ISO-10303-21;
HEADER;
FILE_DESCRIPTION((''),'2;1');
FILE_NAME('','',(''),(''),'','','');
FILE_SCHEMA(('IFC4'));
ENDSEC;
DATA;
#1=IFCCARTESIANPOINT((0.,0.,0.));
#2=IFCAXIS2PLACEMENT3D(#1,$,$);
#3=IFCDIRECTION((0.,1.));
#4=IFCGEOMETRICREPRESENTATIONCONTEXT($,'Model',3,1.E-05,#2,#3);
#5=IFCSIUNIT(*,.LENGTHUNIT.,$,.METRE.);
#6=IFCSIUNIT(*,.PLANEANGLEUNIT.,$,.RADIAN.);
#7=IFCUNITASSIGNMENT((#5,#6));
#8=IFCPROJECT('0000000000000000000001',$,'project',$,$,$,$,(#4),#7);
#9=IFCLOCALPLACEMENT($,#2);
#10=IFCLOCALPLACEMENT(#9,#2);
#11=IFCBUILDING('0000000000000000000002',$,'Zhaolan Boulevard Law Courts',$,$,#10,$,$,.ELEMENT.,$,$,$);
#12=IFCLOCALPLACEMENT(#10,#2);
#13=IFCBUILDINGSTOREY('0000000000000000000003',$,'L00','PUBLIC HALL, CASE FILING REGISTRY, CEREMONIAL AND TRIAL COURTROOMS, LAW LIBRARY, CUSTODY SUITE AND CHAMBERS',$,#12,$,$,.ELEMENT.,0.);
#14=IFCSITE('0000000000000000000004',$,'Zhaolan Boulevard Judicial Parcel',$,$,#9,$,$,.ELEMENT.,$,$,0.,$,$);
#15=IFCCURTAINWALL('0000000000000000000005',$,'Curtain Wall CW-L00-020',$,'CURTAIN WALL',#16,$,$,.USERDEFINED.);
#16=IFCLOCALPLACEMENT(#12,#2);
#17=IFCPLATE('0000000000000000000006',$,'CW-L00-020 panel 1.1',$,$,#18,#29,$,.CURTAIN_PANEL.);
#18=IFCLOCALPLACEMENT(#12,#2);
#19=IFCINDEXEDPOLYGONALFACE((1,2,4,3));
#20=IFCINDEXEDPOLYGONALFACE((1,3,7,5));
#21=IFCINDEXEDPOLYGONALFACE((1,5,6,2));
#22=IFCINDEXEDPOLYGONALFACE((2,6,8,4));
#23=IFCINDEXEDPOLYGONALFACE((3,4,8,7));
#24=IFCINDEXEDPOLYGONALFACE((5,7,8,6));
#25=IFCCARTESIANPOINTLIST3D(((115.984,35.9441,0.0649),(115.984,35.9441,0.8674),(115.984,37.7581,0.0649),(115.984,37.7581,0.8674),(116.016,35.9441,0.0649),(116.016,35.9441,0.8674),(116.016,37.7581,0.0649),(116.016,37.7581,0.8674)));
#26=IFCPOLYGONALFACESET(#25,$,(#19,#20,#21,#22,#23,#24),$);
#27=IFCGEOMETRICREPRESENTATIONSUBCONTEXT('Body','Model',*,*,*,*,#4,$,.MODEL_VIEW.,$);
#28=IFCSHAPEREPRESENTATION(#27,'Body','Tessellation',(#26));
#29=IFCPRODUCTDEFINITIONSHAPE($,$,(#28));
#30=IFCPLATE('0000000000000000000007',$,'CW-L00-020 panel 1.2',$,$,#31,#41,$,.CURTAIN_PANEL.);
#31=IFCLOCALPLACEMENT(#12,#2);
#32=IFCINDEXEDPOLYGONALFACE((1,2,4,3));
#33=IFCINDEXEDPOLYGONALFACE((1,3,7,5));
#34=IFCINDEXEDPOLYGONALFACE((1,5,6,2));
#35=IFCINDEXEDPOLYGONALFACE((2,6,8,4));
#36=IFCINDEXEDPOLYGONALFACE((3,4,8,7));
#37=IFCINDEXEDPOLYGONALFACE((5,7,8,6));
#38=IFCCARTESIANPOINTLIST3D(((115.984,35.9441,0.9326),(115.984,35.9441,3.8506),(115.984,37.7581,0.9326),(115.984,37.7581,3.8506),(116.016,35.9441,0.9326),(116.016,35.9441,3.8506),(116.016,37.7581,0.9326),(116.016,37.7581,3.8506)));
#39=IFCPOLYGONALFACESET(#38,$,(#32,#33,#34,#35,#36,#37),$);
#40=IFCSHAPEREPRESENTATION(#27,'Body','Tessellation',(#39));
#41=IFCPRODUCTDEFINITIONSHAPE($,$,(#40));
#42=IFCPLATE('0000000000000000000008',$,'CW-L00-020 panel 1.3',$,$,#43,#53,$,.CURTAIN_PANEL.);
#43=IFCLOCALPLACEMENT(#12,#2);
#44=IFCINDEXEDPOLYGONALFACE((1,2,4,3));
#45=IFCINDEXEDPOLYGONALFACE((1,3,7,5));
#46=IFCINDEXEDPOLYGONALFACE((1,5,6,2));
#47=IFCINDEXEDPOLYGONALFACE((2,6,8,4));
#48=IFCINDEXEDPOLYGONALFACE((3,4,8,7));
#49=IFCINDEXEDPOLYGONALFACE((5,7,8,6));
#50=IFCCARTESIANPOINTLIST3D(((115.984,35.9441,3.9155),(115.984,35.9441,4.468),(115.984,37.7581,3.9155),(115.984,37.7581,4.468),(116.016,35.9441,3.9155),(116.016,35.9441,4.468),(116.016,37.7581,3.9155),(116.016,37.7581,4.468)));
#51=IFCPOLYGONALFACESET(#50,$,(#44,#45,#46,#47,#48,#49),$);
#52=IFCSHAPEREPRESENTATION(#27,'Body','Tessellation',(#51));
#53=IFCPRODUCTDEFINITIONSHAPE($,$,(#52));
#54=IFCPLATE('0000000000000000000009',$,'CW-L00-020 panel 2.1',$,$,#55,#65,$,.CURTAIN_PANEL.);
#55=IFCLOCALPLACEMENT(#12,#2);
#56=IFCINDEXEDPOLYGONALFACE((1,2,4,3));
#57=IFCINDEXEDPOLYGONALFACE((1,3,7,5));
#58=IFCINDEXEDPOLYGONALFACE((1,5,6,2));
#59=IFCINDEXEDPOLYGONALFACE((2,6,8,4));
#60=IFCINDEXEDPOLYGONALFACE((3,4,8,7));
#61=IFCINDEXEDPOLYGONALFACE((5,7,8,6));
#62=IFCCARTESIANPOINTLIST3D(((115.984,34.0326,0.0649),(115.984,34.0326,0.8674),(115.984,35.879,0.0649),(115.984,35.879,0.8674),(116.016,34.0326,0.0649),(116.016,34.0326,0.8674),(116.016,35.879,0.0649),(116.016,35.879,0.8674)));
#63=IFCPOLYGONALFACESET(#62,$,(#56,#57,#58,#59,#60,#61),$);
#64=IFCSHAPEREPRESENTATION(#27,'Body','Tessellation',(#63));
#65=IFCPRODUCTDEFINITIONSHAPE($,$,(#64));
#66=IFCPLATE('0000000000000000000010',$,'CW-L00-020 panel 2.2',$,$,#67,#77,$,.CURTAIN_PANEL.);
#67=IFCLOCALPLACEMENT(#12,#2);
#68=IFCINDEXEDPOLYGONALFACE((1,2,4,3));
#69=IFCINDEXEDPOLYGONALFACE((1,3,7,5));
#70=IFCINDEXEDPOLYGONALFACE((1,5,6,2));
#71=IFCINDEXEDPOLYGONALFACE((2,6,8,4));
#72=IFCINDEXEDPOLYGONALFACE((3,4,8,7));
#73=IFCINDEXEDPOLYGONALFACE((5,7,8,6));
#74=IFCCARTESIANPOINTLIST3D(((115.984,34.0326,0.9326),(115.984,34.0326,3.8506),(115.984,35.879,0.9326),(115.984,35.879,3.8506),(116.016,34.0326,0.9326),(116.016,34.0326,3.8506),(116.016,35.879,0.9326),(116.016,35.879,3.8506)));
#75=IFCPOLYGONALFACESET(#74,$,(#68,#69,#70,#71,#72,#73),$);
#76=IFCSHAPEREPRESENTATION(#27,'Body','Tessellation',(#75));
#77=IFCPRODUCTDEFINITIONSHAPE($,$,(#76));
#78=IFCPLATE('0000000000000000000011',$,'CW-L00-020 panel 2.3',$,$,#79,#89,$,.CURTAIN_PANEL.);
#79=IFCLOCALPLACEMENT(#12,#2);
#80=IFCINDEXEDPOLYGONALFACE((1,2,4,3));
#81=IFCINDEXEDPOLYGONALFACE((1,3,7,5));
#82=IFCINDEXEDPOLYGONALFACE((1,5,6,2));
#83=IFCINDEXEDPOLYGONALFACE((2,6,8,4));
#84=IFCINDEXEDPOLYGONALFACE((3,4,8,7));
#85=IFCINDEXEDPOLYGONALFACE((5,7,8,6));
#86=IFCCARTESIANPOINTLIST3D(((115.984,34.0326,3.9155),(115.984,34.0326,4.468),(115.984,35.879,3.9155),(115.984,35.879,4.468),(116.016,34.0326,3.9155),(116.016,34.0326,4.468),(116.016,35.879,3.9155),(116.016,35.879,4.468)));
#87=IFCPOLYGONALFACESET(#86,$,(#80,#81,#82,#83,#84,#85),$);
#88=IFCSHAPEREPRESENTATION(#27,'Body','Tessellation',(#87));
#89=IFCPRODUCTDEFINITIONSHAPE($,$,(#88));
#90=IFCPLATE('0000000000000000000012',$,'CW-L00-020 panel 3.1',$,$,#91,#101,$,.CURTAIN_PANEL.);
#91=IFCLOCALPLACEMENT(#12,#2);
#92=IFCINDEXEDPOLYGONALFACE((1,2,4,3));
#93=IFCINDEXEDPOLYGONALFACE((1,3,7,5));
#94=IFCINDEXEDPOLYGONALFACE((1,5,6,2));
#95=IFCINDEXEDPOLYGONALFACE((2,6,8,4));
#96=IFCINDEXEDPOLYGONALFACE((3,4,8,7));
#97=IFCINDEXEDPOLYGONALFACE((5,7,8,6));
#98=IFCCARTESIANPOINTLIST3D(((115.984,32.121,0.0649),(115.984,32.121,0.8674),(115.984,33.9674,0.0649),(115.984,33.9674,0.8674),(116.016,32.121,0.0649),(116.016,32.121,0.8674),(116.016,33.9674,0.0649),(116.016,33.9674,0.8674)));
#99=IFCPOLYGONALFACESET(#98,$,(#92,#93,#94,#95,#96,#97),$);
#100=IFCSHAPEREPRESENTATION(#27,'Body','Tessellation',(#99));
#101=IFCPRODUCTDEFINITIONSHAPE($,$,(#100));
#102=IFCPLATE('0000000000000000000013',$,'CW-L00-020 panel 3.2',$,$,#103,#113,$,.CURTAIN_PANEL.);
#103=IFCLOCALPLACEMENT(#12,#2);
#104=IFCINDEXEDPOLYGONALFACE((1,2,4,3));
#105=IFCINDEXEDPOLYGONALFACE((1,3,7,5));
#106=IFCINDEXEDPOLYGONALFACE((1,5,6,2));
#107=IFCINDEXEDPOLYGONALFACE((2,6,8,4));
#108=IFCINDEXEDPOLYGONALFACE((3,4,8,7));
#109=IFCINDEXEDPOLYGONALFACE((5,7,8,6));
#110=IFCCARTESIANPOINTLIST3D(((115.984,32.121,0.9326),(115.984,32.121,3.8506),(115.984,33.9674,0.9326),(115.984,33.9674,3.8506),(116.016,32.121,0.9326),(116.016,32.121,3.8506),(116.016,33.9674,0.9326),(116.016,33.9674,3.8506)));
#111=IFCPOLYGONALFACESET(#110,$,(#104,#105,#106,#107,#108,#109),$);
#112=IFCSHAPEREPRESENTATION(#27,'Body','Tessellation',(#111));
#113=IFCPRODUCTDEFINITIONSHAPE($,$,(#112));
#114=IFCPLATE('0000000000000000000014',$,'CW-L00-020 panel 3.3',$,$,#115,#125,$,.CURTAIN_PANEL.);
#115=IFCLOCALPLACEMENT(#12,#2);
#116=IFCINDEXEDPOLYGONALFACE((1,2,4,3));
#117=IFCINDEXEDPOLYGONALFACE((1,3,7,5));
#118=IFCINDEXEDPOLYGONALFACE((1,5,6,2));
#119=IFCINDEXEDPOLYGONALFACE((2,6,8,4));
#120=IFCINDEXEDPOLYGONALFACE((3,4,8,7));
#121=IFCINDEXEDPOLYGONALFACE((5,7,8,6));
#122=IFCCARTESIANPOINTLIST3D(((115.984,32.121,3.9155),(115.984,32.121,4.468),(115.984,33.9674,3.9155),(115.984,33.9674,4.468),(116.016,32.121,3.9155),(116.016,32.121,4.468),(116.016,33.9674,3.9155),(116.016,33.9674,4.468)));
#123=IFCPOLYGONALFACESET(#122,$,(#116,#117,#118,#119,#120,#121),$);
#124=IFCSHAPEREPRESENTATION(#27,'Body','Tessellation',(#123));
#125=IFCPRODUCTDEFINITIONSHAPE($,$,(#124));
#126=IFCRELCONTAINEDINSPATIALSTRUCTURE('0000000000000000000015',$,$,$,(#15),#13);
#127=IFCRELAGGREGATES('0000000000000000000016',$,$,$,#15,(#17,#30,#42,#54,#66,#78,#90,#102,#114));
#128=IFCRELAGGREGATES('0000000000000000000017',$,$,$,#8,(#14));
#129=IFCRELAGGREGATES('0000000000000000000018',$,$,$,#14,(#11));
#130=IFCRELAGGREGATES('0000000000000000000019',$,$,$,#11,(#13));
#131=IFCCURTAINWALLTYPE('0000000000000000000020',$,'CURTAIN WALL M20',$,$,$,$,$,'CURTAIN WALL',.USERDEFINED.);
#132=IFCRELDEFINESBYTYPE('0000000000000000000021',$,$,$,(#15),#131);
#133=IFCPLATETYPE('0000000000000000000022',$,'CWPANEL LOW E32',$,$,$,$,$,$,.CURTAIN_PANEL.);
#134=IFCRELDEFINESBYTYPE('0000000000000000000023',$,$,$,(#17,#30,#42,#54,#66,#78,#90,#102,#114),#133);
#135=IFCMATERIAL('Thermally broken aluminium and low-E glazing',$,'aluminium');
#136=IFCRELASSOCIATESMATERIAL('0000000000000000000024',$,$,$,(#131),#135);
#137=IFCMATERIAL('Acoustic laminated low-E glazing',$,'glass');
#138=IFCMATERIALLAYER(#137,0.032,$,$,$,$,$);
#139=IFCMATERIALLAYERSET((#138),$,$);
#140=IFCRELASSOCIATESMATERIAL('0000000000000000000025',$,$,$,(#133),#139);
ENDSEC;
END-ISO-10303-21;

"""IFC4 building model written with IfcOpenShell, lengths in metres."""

from ifc_helpers import new_model, si_unit, direction, frame, origin, origin_2d, place, context, subcontext, project, spatial, rectangle, extrude, material, layer, layer_set, type_object, element, aggregate, save


model = new_model("IFC4")

# Units and contexts
model_context = context("Model", 3, precision=1e-05, world=origin(), true_north=direction((0.0, 1.0)))
body_context = subcontext(model_context, "Body", "Model", "MODEL_VIEW")
ifc_project = project(units=[si_unit("LENGTHUNIT", "METRE"), si_unit("PLANEANGLEUNIT", "RADIAN")], contexts=[model_context])

# Site, building, storey
site_placement = place(None, origin())
site = spatial("IfcSite", under=ifc_project, at=site_placement, Name="Zhaolan Boulevard Judicial Parcel", CompositionType="ELEMENT", RefElevation=0.0)
building_placement = place(site_placement, origin())
building = spatial("IfcBuilding", under=site, at=building_placement, Name="Zhaolan Boulevard Law Courts", CompositionType="ELEMENT")
storey_placement = place(building_placement, origin())
storey = spatial("IfcBuildingStorey", under=building, at=storey_placement, Name="L00", Description="PUBLIC HALL, CASE FILING REGISTRY, CEREMONIAL AND TRIAL COURTROOMS, LAW LIBRARY, CUSTODY SUITE AND CHAMBERS", CompositionType="ELEMENT", Elevation=0.0)

# Curtain wall, plates
ifc_material_1 = material(Name="Thermally broken aluminium and low-E glazing", Category="aluminium")
curtain_wall_type = type_object("IfcCurtainWallType", Name="CURTAIN WALL M20", ElementType="CURTAIN WALL", PredefinedType="USERDEFINED", material=ifc_material_1)
curtain_wall_placement = place(storey_placement, origin())
curtain_wall = element("IfcCurtainWall", 1, at=curtain_wall_placement, inside=storey, type_object=curtain_wall_type, Name="Curtain Wall CW-L00-020", ObjectType="CURTAIN WALL", PredefinedType="USERDEFINED")
ifc_material_2 = material(Name="Acoustic laminated low-E glazing", Category="glass")
ifc_layer = layer(ifc_material_2, 0.032)
ifc_layer_set = layer_set([ifc_layer])
plate_type = type_object("IfcPlateType", Name="CWPANEL LOW E32", PredefinedType="CURTAIN_PANEL", material=ifc_layer_set)
plate_1_placement = place(storey_placement, frame((116.0, 36.8511, 0.0649), z_axis=(0.0, 0.0, 1.0), x_axis=(0.0, -1.0, 0.0)))
plate_1 = element("IfcPlate", 2, at=plate_1_placement, type_object=plate_type, Name="CW-L00-020 panel 1.1", PredefinedType="CURTAIN_PANEL", context=body_context, shape_type="SweptSolid", body=[
    extrude(rectangle(XDim=1.814, YDim=0.032, at=origin_2d()), origin(), (0.0, 0.0, 1.0), 0.8025),
])
plate_2_placement = place(storey_placement, frame((116.0, 36.8511, 0.9326), z_axis=(0.0, 0.0, 1.0), x_axis=(0.0, -1.0, 0.0)))
plate_2 = element("IfcPlate", 3, at=plate_2_placement, type_object=plate_type, Name="CW-L00-020 panel 1.2", PredefinedType="CURTAIN_PANEL", context=body_context, shape_type="SweptSolid", body=[
    extrude(rectangle(XDim=1.814, YDim=0.032, at=origin_2d()), origin(), (0.0, 0.0, 1.0), 2.918),
])
plate_3_placement = place(storey_placement, frame((116.0, 36.8511, 3.9155), z_axis=(0.0, 0.0, 1.0), x_axis=(0.0, -1.0, 0.0)))
plate_3 = element("IfcPlate", 4, at=plate_3_placement, type_object=plate_type, Name="CW-L00-020 panel 1.3", PredefinedType="CURTAIN_PANEL", context=body_context, shape_type="SweptSolid", body=[
    extrude(rectangle(XDim=1.814, YDim=0.032, at=origin_2d()), origin(), (0.0, 0.0, 1.0), 0.5525),
])
plate_4_placement = place(storey_placement, frame((116.0, 34.9558, 0.0649), z_axis=(0.0, 0.0, 1.0), x_axis=(0.0, -1.0, 0.0)))
plate_4 = element("IfcPlate", 5, at=plate_4_placement, type_object=plate_type, Name="CW-L00-020 panel 2.1", PredefinedType="CURTAIN_PANEL", context=body_context, shape_type="SweptSolid", body=[
    extrude(rectangle(XDim=1.8464, YDim=0.032, at=origin_2d()), origin(), (0.0, 0.0, 1.0), 0.8025),
])
plate_5_placement = place(storey_placement, frame((116.0, 34.9558, 0.9326), z_axis=(0.0, 0.0, 1.0), x_axis=(0.0, -1.0, 0.0)))
plate_5 = element("IfcPlate", 6, at=plate_5_placement, type_object=plate_type, Name="CW-L00-020 panel 2.2", PredefinedType="CURTAIN_PANEL", context=body_context, shape_type="SweptSolid", body=[
    extrude(rectangle(XDim=1.8464, YDim=0.032, at=origin_2d()), origin(), (0.0, 0.0, 1.0), 2.918),
])
plate_6_placement = place(storey_placement, frame((116.0, 34.9558, 3.9155), z_axis=(0.0, 0.0, 1.0), x_axis=(0.0, -1.0, 0.0)))
plate_6 = element("IfcPlate", 7, at=plate_6_placement, type_object=plate_type, Name="CW-L00-020 panel 2.3", PredefinedType="CURTAIN_PANEL", context=body_context, shape_type="SweptSolid", body=[
    extrude(rectangle(XDim=1.8464, YDim=0.032, at=origin_2d()), origin(), (0.0, 0.0, 1.0), 0.5525),
])
plate_7_placement = place(storey_placement, frame((116.0, 33.0442, 0.0649), z_axis=(0.0, 0.0, 1.0), x_axis=(0.0, -1.0, 0.0)))
plate_7 = element("IfcPlate", 8, at=plate_7_placement, type_object=plate_type, Name="CW-L00-020 panel 3.1", PredefinedType="CURTAIN_PANEL", context=body_context, shape_type="SweptSolid", body=[
    extrude(rectangle(XDim=1.8464, YDim=0.032, at=origin_2d()), origin(), (0.0, 0.0, 1.0), 0.8025),
])
plate_8_placement = place(storey_placement, frame((116.0, 33.0442, 0.9326), z_axis=(0.0, 0.0, 1.0), x_axis=(0.0, -1.0, 0.0)))
plate_8 = element("IfcPlate", 9, at=plate_8_placement, type_object=plate_type, Name="CW-L00-020 panel 3.2", PredefinedType="CURTAIN_PANEL", context=body_context, shape_type="SweptSolid", body=[
    extrude(rectangle(XDim=1.8464, YDim=0.032, at=origin_2d()), origin(), (0.0, 0.0, 1.0), 2.918),
])
plate_9_placement = place(storey_placement, frame((116.0, 33.0442, 3.9155), z_axis=(0.0, 0.0, 1.0), x_axis=(0.0, -1.0, 0.0)))
plate_9 = element("IfcPlate", 10, at=plate_9_placement, type_object=plate_type, Name="CW-L00-020 panel 3.3", PredefinedType="CURTAIN_PANEL", context=body_context, shape_type="SweptSolid", body=[
    extrude(rectangle(XDim=1.8464, YDim=0.032, at=origin_2d()), origin(), (0.0, 0.0, 1.0), 0.5525),
])
aggregate(curtain_wall, [plate_1, plate_2, plate_3, plate_4, plate_5, plate_6, plate_7, plate_8, plate_9])

save(model, "model.ifc")
